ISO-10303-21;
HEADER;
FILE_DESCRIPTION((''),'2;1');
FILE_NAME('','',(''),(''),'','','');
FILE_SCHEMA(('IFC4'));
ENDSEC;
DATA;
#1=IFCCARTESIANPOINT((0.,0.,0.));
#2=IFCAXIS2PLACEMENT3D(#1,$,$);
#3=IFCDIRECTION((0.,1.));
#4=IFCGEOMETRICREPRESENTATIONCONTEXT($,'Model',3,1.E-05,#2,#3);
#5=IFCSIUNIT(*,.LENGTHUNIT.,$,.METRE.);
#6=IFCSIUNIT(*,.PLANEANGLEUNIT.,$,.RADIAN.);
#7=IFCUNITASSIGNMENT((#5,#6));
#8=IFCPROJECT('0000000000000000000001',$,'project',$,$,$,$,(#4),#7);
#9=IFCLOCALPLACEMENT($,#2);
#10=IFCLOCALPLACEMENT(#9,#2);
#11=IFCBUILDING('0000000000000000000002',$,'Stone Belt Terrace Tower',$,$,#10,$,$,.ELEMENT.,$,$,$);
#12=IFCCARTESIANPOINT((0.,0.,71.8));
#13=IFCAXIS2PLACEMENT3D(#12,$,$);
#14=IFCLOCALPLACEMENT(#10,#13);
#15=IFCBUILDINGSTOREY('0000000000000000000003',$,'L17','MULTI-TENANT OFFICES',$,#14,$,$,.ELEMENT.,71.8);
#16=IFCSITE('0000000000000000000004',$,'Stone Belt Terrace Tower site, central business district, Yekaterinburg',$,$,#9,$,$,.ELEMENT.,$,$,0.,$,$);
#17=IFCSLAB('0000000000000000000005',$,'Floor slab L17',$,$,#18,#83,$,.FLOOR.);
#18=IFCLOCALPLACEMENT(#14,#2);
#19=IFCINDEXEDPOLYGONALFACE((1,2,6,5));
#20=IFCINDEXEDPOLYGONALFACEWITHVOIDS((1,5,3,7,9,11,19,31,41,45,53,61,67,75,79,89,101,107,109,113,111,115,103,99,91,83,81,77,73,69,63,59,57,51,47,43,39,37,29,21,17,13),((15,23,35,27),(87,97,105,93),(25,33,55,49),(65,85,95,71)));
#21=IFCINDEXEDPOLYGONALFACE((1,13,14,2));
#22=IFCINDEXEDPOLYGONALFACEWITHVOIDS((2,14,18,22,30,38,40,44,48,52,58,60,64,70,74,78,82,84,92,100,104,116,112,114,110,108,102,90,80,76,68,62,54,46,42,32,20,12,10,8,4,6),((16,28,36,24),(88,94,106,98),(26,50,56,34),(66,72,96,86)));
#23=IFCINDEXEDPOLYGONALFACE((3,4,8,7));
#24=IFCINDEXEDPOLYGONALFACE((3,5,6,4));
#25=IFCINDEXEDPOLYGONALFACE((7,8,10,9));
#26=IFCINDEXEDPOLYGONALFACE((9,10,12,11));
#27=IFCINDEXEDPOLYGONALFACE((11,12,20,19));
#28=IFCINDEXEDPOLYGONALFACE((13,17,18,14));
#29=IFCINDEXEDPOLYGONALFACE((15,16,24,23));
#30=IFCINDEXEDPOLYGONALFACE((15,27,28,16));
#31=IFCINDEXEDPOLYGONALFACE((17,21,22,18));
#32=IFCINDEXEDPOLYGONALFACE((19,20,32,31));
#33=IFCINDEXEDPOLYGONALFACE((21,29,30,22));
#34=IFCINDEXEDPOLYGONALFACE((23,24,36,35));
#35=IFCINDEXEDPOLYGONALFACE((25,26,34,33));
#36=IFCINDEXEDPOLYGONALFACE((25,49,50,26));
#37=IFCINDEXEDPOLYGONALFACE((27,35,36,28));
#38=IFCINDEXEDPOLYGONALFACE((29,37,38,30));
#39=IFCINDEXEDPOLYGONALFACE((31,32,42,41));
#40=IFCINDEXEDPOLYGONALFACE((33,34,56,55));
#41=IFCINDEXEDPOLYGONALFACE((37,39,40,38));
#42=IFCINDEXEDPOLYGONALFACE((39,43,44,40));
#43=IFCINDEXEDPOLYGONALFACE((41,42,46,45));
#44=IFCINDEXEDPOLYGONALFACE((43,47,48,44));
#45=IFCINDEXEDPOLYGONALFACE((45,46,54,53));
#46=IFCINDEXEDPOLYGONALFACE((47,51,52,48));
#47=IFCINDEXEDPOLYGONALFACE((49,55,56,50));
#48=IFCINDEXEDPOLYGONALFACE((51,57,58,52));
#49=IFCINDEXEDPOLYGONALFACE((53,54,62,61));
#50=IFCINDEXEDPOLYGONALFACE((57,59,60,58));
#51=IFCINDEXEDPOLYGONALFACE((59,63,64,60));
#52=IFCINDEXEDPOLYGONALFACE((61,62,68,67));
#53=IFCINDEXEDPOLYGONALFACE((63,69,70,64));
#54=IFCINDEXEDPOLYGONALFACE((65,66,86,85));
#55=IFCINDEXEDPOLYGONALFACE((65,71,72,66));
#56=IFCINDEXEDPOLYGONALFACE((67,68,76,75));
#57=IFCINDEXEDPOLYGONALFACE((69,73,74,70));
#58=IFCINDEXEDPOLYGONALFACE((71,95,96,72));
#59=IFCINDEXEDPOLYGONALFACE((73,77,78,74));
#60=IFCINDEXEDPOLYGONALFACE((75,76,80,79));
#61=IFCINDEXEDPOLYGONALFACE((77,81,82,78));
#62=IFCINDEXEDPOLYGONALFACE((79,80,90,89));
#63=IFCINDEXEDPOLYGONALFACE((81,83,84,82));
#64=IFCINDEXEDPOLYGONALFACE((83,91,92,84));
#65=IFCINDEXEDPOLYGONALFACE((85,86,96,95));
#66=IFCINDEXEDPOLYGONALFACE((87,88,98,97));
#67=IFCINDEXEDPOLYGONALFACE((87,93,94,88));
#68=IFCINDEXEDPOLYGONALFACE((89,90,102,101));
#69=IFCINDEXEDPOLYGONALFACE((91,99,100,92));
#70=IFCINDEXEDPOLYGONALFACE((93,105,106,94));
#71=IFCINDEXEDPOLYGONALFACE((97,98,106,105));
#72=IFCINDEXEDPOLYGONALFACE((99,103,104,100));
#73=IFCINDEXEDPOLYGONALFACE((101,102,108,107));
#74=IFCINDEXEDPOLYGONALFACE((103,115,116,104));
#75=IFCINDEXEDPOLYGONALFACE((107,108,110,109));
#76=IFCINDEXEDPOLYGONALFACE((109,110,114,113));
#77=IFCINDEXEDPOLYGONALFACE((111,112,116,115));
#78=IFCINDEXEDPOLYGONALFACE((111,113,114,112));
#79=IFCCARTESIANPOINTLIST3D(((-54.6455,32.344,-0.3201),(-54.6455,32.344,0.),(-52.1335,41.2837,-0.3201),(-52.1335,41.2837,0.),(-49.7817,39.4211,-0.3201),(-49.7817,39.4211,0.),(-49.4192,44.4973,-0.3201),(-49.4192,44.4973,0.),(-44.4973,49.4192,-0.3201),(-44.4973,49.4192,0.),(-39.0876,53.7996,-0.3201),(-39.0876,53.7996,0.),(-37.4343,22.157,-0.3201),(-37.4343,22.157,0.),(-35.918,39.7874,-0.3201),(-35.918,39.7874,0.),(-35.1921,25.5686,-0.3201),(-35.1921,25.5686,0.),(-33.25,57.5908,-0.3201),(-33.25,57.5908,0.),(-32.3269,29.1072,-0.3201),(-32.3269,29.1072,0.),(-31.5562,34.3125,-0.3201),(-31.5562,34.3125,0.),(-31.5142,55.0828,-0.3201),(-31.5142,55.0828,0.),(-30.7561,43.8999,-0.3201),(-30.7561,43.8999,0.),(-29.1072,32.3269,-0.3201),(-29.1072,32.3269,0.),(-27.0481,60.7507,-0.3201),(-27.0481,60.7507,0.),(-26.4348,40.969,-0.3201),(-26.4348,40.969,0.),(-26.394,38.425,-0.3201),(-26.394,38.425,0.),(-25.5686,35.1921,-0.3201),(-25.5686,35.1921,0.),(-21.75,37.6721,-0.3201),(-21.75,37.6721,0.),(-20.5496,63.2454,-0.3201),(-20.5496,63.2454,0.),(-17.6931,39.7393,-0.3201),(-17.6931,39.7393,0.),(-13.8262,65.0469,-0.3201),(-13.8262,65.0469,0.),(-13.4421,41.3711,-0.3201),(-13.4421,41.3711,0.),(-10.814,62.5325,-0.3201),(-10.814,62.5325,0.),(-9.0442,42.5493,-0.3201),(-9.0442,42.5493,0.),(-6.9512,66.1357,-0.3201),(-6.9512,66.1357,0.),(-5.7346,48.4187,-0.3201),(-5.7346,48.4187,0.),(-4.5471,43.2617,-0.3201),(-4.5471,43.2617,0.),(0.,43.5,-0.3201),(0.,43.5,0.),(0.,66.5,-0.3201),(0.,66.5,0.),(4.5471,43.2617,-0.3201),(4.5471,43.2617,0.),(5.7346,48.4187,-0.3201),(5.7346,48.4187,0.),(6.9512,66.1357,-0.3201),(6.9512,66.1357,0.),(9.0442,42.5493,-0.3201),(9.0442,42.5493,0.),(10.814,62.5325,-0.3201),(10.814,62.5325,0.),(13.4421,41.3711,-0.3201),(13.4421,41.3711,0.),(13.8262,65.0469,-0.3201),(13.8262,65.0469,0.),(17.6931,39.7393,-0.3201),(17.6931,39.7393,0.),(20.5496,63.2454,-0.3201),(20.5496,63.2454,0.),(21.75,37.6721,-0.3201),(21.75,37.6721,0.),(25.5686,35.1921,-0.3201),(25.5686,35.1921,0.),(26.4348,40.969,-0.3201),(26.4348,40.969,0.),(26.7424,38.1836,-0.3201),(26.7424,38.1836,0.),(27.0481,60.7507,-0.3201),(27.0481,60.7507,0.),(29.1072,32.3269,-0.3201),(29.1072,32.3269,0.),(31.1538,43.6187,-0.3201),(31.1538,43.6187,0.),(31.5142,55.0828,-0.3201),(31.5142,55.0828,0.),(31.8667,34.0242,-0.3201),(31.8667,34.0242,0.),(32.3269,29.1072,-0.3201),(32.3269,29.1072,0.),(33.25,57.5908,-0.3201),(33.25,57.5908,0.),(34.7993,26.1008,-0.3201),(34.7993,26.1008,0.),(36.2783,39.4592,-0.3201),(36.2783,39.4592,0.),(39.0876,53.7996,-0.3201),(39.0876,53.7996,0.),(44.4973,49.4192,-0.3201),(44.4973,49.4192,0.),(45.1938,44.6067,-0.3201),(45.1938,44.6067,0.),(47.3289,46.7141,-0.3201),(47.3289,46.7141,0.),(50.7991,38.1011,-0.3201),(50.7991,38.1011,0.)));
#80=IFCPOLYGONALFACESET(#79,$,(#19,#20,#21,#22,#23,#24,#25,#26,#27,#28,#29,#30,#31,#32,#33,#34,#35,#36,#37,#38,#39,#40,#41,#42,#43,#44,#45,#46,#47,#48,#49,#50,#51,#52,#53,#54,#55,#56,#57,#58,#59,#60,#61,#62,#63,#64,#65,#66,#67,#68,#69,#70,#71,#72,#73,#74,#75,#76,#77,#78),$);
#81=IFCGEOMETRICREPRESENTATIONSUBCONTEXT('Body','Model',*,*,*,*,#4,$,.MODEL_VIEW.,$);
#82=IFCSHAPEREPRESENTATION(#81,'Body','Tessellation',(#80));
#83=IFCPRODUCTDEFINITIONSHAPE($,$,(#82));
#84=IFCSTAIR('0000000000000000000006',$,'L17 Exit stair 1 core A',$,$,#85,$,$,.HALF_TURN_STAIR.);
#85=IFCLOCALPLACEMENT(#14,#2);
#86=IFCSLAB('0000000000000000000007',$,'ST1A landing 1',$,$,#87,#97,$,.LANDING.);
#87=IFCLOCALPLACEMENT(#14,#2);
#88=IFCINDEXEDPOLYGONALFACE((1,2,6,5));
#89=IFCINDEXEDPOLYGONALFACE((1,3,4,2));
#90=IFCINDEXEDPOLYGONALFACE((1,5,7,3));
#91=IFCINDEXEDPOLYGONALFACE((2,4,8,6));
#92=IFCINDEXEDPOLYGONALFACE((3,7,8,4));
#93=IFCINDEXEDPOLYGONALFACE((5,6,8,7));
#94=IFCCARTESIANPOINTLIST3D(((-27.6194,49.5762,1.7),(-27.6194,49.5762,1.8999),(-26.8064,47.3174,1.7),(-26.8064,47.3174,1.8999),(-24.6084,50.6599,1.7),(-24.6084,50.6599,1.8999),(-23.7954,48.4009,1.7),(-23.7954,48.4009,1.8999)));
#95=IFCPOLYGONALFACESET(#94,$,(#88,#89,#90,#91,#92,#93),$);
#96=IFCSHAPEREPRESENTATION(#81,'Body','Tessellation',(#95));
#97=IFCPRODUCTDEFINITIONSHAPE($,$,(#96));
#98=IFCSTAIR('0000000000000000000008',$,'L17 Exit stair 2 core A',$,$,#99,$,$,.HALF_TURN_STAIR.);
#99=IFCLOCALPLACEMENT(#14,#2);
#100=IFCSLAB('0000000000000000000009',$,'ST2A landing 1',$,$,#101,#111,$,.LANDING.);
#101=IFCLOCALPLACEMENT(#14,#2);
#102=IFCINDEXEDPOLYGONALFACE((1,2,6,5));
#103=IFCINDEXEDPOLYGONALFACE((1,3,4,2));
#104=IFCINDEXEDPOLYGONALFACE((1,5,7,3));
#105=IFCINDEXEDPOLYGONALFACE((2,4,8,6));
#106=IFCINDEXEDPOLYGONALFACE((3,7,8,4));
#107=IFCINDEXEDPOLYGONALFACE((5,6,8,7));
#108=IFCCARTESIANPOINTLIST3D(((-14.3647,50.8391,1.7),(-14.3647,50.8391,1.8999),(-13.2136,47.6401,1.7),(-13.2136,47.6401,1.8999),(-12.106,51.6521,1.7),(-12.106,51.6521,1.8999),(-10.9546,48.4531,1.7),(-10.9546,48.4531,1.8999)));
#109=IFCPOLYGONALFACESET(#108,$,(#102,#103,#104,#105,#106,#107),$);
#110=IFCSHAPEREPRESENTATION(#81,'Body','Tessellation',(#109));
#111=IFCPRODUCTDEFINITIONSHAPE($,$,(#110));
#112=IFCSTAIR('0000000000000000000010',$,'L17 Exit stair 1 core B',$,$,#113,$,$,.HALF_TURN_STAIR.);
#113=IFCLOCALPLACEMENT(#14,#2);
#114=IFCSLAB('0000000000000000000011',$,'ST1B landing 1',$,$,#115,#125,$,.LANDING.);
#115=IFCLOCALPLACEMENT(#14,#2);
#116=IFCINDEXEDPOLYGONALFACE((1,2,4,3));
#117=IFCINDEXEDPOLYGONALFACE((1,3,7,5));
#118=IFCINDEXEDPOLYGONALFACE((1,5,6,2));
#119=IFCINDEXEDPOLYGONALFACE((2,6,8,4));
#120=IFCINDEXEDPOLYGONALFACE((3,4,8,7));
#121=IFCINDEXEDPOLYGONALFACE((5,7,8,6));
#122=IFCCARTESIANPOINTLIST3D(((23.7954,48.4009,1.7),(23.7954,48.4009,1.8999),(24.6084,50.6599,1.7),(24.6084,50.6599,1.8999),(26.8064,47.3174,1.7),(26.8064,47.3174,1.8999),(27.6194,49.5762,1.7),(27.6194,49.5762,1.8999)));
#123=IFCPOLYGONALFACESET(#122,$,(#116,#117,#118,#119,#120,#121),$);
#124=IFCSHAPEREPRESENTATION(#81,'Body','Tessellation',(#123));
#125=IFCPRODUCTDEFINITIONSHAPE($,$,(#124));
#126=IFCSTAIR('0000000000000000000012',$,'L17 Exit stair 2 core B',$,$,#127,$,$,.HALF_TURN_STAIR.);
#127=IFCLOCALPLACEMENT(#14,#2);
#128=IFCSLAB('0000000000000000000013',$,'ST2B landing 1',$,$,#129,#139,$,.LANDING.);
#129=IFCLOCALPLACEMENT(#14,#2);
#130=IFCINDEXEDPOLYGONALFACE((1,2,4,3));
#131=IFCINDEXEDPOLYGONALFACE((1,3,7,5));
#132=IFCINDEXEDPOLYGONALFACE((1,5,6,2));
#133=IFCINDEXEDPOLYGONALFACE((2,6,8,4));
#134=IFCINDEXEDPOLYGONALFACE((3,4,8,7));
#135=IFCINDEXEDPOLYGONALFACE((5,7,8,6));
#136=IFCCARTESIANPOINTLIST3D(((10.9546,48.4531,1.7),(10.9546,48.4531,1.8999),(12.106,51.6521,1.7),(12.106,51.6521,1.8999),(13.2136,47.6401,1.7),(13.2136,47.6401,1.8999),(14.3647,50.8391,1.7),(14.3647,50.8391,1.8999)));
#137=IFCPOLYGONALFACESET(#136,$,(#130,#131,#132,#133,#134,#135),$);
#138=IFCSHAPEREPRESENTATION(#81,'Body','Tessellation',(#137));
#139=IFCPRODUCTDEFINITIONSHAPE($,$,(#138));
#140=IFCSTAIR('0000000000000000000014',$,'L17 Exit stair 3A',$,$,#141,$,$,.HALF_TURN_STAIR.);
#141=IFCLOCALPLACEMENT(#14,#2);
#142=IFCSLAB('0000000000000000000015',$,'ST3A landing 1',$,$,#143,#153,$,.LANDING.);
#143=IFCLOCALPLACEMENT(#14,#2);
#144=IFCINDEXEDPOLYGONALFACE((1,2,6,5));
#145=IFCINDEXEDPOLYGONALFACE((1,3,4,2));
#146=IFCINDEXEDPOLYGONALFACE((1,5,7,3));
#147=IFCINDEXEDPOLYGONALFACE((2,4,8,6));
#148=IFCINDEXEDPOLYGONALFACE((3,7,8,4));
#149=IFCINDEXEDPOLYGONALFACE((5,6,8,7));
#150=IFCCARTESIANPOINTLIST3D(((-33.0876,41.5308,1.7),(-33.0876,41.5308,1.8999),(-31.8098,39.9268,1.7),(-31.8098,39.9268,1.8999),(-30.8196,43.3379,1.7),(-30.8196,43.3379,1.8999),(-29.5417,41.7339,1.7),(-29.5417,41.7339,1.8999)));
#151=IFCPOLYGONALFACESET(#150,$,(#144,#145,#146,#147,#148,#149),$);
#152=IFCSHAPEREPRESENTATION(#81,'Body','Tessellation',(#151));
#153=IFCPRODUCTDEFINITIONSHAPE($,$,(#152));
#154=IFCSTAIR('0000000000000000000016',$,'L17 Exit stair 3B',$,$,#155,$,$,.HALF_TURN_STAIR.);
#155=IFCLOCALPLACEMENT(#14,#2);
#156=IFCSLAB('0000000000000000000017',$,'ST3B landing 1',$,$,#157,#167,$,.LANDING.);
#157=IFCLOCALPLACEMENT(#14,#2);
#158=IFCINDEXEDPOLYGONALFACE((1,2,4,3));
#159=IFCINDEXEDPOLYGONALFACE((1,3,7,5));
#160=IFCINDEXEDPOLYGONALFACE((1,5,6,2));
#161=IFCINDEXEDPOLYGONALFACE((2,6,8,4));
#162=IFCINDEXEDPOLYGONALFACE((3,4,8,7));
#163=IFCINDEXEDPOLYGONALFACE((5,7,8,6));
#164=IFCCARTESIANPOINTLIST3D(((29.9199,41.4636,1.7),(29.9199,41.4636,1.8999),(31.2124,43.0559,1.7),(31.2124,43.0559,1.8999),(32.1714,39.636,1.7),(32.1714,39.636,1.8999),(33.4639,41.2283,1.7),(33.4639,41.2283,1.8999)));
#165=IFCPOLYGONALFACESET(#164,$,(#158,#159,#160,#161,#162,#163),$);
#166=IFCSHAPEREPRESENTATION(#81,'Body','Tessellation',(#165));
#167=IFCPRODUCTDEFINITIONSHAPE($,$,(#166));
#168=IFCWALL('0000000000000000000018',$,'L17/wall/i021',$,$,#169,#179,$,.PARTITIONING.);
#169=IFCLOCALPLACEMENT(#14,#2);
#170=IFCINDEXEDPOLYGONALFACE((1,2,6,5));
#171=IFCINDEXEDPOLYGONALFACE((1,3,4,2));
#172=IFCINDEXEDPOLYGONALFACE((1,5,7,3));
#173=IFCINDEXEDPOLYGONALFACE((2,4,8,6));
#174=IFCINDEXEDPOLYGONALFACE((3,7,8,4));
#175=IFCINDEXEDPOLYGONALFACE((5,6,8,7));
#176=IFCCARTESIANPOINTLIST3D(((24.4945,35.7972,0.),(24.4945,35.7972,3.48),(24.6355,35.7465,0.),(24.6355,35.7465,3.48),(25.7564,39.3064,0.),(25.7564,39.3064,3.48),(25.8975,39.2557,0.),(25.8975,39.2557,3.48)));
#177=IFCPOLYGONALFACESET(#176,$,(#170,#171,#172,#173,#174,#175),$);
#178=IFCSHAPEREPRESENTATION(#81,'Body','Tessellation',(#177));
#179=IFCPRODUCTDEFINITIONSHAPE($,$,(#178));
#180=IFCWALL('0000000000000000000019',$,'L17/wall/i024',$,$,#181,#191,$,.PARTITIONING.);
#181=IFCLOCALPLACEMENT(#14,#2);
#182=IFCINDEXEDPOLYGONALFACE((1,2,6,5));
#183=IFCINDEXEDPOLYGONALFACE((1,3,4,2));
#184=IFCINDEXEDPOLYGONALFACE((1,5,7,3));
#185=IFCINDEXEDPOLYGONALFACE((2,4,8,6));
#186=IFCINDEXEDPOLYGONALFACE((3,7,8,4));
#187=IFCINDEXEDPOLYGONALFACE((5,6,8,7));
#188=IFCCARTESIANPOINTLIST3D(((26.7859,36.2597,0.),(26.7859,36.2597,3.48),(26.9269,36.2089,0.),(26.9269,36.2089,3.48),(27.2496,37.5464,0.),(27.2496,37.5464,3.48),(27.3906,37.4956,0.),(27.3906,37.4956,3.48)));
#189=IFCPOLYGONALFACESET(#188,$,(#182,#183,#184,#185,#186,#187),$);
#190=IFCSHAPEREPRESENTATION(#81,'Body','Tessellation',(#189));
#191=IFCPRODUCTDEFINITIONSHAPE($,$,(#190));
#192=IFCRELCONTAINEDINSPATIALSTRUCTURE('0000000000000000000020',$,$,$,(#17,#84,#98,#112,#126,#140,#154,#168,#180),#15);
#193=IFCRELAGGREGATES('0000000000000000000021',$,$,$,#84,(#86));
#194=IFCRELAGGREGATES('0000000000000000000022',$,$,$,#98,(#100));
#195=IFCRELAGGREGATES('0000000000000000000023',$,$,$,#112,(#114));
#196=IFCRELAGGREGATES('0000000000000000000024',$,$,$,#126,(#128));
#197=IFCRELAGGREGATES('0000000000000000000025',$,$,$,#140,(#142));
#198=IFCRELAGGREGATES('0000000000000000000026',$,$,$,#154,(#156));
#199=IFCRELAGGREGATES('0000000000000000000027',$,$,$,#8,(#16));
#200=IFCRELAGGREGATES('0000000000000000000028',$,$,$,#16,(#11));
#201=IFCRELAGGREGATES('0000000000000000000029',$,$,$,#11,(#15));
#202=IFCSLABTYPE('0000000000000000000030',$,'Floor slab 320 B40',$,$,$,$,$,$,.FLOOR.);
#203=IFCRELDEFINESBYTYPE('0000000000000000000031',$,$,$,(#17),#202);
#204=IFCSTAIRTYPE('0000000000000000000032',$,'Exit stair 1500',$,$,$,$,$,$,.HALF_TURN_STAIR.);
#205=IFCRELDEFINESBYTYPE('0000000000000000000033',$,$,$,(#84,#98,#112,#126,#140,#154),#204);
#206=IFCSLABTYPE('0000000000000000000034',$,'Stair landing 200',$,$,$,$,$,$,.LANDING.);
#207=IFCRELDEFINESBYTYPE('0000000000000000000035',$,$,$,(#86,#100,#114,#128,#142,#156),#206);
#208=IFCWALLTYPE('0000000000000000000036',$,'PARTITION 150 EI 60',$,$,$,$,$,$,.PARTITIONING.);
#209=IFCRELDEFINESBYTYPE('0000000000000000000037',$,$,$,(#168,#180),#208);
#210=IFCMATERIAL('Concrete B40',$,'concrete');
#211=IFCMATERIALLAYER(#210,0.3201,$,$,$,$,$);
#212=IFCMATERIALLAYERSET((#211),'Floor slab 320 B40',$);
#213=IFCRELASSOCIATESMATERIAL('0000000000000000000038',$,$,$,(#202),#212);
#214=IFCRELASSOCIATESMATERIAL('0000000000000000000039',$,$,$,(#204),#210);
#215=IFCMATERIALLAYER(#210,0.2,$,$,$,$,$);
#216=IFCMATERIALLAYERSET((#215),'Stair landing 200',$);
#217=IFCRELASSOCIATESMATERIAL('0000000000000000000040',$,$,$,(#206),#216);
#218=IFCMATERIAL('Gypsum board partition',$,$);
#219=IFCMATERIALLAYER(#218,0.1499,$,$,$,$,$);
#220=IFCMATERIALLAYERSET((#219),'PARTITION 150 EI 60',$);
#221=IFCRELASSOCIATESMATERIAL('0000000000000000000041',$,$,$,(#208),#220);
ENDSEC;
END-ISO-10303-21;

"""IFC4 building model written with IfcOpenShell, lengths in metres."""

from ifc_helpers import new_model, si_unit, direction, frame, frame_2d, origin, place, context, subcontext, project, spatial, polyline, rectangle, outline, extrude, material, layer, layer_set, type_object, element, aggregate, save


model = new_model("IFC4")

# Units and contexts
model_context = context("Model", 3, precision=1e-05, world=origin(), true_north=direction((0.0, 1.0)))
body_context = subcontext(model_context, "Body", "Model", "MODEL_VIEW")
ifc_project = project(units=[si_unit("LENGTHUNIT", "METRE"), si_unit("PLANEANGLEUNIT", "RADIAN")], contexts=[model_context])

# Site, building, storey
site_placement = place(None, origin())
site = spatial("IfcSite", under=ifc_project, at=site_placement, Name="Stone Belt Terrace Tower site, central business district, Yekaterinburg", CompositionType="ELEMENT", RefElevation=0.0)
building_placement = place(site_placement, origin())
building = spatial("IfcBuilding", under=site, at=building_placement, Name="Stone Belt Terrace Tower", CompositionType="ELEMENT")
storey_placement = place(building_placement, frame((0.0, 0.0, 71.8)))
storey = spatial("IfcBuildingStorey", under=building, at=storey_placement, Name="L17", Description="MULTI-TENANT OFFICES", CompositionType="ELEMENT", Elevation=71.8)

# Slab
ifc_material_1 = material(Name="Concrete B40", Category="concrete")
ifc_layer_1 = layer(ifc_material_1, 0.3201)
ifc_layer_set_1 = layer_set([ifc_layer_1], Name="Floor slab 320 B40")
slab_type_1 = type_object("IfcSlabType", Name="Floor slab 320 B40", PredefinedType="FLOOR", material=ifc_layer_set_1)
slab_1_placement = place(storey_placement, frame((0.0, 0.0, -0.3201)))
element("IfcSlab", 1, at=slab_1_placement, inside=storey, type_object=slab_type_1, Name="Floor slab L17", PredefinedType="FLOOR", context=body_context, shape_type="SweptSolid", body=[
    extrude(outline(polyline([(-49.4192, 44.4973), (-44.4973, 49.4192), (-39.0876, 53.7996), (-33.25, 57.5908), (-27.0481, 60.7507), (-20.5496, 63.2454), (-13.8262, 65.0469), (-6.9512, 66.1357), (0.0, 66.5), (6.9512, 66.1357), (13.8262, 65.0469), (20.5496, 63.2454), (27.0481, 60.7507), (33.25, 57.5908), (39.0876, 53.7996), (44.4973, 49.4192), (47.3289, 46.7141), (45.1938, 44.6067), (50.7991, 38.1011), (34.7993, 26.1008), (32.3269, 29.1072), (29.1072, 32.3269), (25.5686, 35.1921), (21.75, 37.6721), (17.6931, 39.7393), (13.4421, 41.3711), (9.0442, 42.5493), (4.5471, 43.2617), (0.0, 43.5), (-4.5471, 43.2617), (-9.0442, 42.5493), (-13.4421, 41.3711), (-17.6931, 39.7393), (-21.75, 37.6721), (-25.5686, 35.1921), (-29.1072, 32.3269), (-32.3269, 29.1072), (-35.1921, 25.5686), (-37.4343, 22.157), (-54.6455, 32.344), (-49.7817, 39.4211), (-52.1335, 41.2837), (-49.4192, 44.4973)]), holes=[polyline([(-26.4348, 40.969), (-5.7346, 48.4187), (-10.814, 62.5325), (-31.5142, 55.0828), (-26.4348, 40.969)]), polyline([(10.814, 62.5325), (5.7346, 48.4187), (26.4348, 40.969), (31.5142, 55.0828), (10.814, 62.5325)]), polyline([(-35.918, 39.7874), (-31.5562, 34.3125), (-26.394, 38.425), (-30.7561, 43.8999), (-35.918, 39.7874)]), polyline([(36.2783, 39.4592), (31.1538, 43.6187), (26.7424, 38.1836), (31.8667, 34.0242), (36.2783, 39.4592)])]), origin(), (0.0, 0.0, 1.0), 0.3201),
])

# Stairs, slabs
stair_type = type_object("IfcStairType", Name="Exit stair 1500", PredefinedType="HALF_TURN_STAIR", material=ifc_material_1)
stair_1_placement = place(storey_placement, origin())
stair_1 = element("IfcStair", 2, at=stair_1_placement, inside=storey, type_object=stair_type, Name="L17 Exit stair 1 core A", PredefinedType="HALF_TURN_STAIR")
ifc_layer_2 = layer(ifc_material_1, 0.2)
ifc_layer_set_2 = layer_set([ifc_layer_2], Name="Stair landing 200")
slab_type_2 = type_object("IfcSlabType", Name="Stair landing 200", PredefinedType="LANDING", material=ifc_layer_set_2)
slab_2_placement = place(storey_placement, frame((0.0, 0.0, 1.7)))
slab_2 = element("IfcSlab", 3, at=slab_2_placement, type_object=slab_type_2, Name="ST1A landing 1", PredefinedType="LANDING", context=body_context, shape_type="SweptSolid", body=[
    extrude(outline(polyline([(-23.7954, 48.4009), (-24.6084, 50.6599), (-27.6194, 49.5762), (-26.8064, 47.3174), (-23.7954, 48.4009)])), origin(), (0.0, 0.0, 1.0), 0.2),
])
aggregate(stair_1, [slab_2])
stair_2_placement = place(storey_placement, origin())
stair_2 = element("IfcStair", 4, at=stair_2_placement, inside=storey, type_object=stair_type, Name="L17 Exit stair 2 core A", PredefinedType="HALF_TURN_STAIR")
slab_3_placement = place(storey_placement, frame((0.0, 0.0, 1.7)))
slab_3 = element("IfcSlab", 5, at=slab_3_placement, type_object=slab_type_2, Name="ST2A landing 1", PredefinedType="LANDING", context=body_context, shape_type="SweptSolid", body=[
    extrude(outline(polyline([(-13.2136, 47.6401), (-10.9546, 48.4531), (-12.106, 51.6521), (-14.3647, 50.8391), (-13.2136, 47.6401)])), origin(), (0.0, 0.0, 1.0), 0.2),
])
aggregate(stair_2, [slab_3])
stair_3_placement = place(storey_placement, origin())
stair_3 = element("IfcStair", 6, at=stair_3_placement, inside=storey, type_object=stair_type, Name="L17 Exit stair 1 core B", PredefinedType="HALF_TURN_STAIR")
slab_4_placement = place(storey_placement, frame((0.0, 0.0, 1.7)))
slab_4 = element("IfcSlab", 7, at=slab_4_placement, type_object=slab_type_2, Name="ST1B landing 1", PredefinedType="LANDING", context=body_context, shape_type="SweptSolid", body=[
    extrude(outline(polyline([(26.8064, 47.3174), (27.6194, 49.5762), (24.6084, 50.6599), (23.7954, 48.4009), (26.8064, 47.3174)])), origin(), (0.0, 0.0, 1.0), 0.2),
])
aggregate(stair_3, [slab_4])
stair_4_placement = place(storey_placement, origin())
stair_4 = element("IfcStair", 8, at=stair_4_placement, inside=storey, type_object=stair_type, Name="L17 Exit stair 2 core B", PredefinedType="HALF_TURN_STAIR")
slab_5_placement = place(storey_placement, frame((0.0, 0.0, 1.7)))
slab_5 = element("IfcSlab", 9, at=slab_5_placement, type_object=slab_type_2, Name="ST2B landing 1", PredefinedType="LANDING", context=body_context, shape_type="SweptSolid", body=[
    extrude(outline(polyline([(14.3647, 50.8391), (12.106, 51.6521), (10.9546, 48.4531), (13.2136, 47.6401), (14.3647, 50.8391)])), origin(), (0.0, 0.0, 1.0), 0.2),
])
aggregate(stair_4, [slab_5])
stair_5_placement = place(storey_placement, origin())
stair_5 = element("IfcStair", 10, at=stair_5_placement, inside=storey, type_object=stair_type, Name="L17 Exit stair 3A", PredefinedType="HALF_TURN_STAIR")
slab_6_placement = place(storey_placement, frame((0.0, 0.0, 1.7)))
slab_6 = element("IfcSlab", 11, at=slab_6_placement, type_object=slab_type_2, Name="ST3A landing 1", PredefinedType="LANDING", context=body_context, shape_type="SweptSolid", body=[
    extrude(outline(polyline([(-29.5417, 41.7339), (-30.8196, 43.3379), (-33.0876, 41.5308), (-31.8098, 39.9268), (-29.5417, 41.7339)])), origin(), (0.0, 0.0, 1.0), 0.2),
])
aggregate(stair_5, [slab_6])
stair_6_placement = place(storey_placement, origin())
stair_6 = element("IfcStair", 12, at=stair_6_placement, inside=storey, type_object=stair_type, Name="L17 Exit stair 3B", PredefinedType="HALF_TURN_STAIR")
slab_7_placement = place(storey_placement, frame((0.0, 0.0, 1.7)))
slab_7 = element("IfcSlab", 13, at=slab_7_placement, type_object=slab_type_2, Name="ST3B landing 1", PredefinedType="LANDING", context=body_context, shape_type="SweptSolid", body=[
    extrude(outline(polyline([(32.1714, 39.636), (33.4639, 41.2283), (31.2124, 43.0559), (29.9199, 41.4636), (32.1714, 39.636)])), origin(), (0.0, 0.0, 1.0), 0.2),
])
aggregate(stair_6, [slab_7])

# Walls
ifc_material_2 = material(Name="Gypsum board partition")
ifc_layer_3 = layer(ifc_material_2, 0.1499)
ifc_layer_set_3 = layer_set([ifc_layer_3], Name="PARTITION 150 EI 60")
wall_type_1 = type_object("IfcWallType", Name="PARTITION 150 EI 60", PredefinedType="PARTITIONING", material=ifc_layer_set_3)
wall_1_placement = place(storey_placement, frame((24.5649, 35.7717, 0.0), z_axis=(0.0, 0.0, 1.0), x_axis=(0.338393, 0.941005, 0.0)))
element("IfcWall", 14, at=wall_1_placement, inside=storey, type_object=wall_type_1, Name="L17/wall/i021", PredefinedType="PARTITIONING", context=body_context, shape_type="SweptSolid", body=[
    extrude(rectangle(XDim=3.7292, YDim=0.1499, at=frame_2d((1.8647, 0.0))), origin(), (0.0, 0.0, 1.0), 3.48),
])
wall_2_placement = place(storey_placement, frame((27.3201, 37.521, 0.0), z_axis=(0.0, 0.0, 1.0), x_axis=(-0.339004, -0.940785, 0.0)))
element("IfcWall", 15, at=wall_2_placement, inside=storey, type_object=wall_type_1, Name="L17/wall/i024", PredefinedType="PARTITIONING", context=body_context, shape_type="SweptSolid", body=[
    extrude(rectangle(XDim=1.3677, YDim=0.1499, at=frame_2d((0.6838, 0.0))), origin(), (0.0, 0.0, 1.0), 3.48),
])

save(model, "model.ifc")
